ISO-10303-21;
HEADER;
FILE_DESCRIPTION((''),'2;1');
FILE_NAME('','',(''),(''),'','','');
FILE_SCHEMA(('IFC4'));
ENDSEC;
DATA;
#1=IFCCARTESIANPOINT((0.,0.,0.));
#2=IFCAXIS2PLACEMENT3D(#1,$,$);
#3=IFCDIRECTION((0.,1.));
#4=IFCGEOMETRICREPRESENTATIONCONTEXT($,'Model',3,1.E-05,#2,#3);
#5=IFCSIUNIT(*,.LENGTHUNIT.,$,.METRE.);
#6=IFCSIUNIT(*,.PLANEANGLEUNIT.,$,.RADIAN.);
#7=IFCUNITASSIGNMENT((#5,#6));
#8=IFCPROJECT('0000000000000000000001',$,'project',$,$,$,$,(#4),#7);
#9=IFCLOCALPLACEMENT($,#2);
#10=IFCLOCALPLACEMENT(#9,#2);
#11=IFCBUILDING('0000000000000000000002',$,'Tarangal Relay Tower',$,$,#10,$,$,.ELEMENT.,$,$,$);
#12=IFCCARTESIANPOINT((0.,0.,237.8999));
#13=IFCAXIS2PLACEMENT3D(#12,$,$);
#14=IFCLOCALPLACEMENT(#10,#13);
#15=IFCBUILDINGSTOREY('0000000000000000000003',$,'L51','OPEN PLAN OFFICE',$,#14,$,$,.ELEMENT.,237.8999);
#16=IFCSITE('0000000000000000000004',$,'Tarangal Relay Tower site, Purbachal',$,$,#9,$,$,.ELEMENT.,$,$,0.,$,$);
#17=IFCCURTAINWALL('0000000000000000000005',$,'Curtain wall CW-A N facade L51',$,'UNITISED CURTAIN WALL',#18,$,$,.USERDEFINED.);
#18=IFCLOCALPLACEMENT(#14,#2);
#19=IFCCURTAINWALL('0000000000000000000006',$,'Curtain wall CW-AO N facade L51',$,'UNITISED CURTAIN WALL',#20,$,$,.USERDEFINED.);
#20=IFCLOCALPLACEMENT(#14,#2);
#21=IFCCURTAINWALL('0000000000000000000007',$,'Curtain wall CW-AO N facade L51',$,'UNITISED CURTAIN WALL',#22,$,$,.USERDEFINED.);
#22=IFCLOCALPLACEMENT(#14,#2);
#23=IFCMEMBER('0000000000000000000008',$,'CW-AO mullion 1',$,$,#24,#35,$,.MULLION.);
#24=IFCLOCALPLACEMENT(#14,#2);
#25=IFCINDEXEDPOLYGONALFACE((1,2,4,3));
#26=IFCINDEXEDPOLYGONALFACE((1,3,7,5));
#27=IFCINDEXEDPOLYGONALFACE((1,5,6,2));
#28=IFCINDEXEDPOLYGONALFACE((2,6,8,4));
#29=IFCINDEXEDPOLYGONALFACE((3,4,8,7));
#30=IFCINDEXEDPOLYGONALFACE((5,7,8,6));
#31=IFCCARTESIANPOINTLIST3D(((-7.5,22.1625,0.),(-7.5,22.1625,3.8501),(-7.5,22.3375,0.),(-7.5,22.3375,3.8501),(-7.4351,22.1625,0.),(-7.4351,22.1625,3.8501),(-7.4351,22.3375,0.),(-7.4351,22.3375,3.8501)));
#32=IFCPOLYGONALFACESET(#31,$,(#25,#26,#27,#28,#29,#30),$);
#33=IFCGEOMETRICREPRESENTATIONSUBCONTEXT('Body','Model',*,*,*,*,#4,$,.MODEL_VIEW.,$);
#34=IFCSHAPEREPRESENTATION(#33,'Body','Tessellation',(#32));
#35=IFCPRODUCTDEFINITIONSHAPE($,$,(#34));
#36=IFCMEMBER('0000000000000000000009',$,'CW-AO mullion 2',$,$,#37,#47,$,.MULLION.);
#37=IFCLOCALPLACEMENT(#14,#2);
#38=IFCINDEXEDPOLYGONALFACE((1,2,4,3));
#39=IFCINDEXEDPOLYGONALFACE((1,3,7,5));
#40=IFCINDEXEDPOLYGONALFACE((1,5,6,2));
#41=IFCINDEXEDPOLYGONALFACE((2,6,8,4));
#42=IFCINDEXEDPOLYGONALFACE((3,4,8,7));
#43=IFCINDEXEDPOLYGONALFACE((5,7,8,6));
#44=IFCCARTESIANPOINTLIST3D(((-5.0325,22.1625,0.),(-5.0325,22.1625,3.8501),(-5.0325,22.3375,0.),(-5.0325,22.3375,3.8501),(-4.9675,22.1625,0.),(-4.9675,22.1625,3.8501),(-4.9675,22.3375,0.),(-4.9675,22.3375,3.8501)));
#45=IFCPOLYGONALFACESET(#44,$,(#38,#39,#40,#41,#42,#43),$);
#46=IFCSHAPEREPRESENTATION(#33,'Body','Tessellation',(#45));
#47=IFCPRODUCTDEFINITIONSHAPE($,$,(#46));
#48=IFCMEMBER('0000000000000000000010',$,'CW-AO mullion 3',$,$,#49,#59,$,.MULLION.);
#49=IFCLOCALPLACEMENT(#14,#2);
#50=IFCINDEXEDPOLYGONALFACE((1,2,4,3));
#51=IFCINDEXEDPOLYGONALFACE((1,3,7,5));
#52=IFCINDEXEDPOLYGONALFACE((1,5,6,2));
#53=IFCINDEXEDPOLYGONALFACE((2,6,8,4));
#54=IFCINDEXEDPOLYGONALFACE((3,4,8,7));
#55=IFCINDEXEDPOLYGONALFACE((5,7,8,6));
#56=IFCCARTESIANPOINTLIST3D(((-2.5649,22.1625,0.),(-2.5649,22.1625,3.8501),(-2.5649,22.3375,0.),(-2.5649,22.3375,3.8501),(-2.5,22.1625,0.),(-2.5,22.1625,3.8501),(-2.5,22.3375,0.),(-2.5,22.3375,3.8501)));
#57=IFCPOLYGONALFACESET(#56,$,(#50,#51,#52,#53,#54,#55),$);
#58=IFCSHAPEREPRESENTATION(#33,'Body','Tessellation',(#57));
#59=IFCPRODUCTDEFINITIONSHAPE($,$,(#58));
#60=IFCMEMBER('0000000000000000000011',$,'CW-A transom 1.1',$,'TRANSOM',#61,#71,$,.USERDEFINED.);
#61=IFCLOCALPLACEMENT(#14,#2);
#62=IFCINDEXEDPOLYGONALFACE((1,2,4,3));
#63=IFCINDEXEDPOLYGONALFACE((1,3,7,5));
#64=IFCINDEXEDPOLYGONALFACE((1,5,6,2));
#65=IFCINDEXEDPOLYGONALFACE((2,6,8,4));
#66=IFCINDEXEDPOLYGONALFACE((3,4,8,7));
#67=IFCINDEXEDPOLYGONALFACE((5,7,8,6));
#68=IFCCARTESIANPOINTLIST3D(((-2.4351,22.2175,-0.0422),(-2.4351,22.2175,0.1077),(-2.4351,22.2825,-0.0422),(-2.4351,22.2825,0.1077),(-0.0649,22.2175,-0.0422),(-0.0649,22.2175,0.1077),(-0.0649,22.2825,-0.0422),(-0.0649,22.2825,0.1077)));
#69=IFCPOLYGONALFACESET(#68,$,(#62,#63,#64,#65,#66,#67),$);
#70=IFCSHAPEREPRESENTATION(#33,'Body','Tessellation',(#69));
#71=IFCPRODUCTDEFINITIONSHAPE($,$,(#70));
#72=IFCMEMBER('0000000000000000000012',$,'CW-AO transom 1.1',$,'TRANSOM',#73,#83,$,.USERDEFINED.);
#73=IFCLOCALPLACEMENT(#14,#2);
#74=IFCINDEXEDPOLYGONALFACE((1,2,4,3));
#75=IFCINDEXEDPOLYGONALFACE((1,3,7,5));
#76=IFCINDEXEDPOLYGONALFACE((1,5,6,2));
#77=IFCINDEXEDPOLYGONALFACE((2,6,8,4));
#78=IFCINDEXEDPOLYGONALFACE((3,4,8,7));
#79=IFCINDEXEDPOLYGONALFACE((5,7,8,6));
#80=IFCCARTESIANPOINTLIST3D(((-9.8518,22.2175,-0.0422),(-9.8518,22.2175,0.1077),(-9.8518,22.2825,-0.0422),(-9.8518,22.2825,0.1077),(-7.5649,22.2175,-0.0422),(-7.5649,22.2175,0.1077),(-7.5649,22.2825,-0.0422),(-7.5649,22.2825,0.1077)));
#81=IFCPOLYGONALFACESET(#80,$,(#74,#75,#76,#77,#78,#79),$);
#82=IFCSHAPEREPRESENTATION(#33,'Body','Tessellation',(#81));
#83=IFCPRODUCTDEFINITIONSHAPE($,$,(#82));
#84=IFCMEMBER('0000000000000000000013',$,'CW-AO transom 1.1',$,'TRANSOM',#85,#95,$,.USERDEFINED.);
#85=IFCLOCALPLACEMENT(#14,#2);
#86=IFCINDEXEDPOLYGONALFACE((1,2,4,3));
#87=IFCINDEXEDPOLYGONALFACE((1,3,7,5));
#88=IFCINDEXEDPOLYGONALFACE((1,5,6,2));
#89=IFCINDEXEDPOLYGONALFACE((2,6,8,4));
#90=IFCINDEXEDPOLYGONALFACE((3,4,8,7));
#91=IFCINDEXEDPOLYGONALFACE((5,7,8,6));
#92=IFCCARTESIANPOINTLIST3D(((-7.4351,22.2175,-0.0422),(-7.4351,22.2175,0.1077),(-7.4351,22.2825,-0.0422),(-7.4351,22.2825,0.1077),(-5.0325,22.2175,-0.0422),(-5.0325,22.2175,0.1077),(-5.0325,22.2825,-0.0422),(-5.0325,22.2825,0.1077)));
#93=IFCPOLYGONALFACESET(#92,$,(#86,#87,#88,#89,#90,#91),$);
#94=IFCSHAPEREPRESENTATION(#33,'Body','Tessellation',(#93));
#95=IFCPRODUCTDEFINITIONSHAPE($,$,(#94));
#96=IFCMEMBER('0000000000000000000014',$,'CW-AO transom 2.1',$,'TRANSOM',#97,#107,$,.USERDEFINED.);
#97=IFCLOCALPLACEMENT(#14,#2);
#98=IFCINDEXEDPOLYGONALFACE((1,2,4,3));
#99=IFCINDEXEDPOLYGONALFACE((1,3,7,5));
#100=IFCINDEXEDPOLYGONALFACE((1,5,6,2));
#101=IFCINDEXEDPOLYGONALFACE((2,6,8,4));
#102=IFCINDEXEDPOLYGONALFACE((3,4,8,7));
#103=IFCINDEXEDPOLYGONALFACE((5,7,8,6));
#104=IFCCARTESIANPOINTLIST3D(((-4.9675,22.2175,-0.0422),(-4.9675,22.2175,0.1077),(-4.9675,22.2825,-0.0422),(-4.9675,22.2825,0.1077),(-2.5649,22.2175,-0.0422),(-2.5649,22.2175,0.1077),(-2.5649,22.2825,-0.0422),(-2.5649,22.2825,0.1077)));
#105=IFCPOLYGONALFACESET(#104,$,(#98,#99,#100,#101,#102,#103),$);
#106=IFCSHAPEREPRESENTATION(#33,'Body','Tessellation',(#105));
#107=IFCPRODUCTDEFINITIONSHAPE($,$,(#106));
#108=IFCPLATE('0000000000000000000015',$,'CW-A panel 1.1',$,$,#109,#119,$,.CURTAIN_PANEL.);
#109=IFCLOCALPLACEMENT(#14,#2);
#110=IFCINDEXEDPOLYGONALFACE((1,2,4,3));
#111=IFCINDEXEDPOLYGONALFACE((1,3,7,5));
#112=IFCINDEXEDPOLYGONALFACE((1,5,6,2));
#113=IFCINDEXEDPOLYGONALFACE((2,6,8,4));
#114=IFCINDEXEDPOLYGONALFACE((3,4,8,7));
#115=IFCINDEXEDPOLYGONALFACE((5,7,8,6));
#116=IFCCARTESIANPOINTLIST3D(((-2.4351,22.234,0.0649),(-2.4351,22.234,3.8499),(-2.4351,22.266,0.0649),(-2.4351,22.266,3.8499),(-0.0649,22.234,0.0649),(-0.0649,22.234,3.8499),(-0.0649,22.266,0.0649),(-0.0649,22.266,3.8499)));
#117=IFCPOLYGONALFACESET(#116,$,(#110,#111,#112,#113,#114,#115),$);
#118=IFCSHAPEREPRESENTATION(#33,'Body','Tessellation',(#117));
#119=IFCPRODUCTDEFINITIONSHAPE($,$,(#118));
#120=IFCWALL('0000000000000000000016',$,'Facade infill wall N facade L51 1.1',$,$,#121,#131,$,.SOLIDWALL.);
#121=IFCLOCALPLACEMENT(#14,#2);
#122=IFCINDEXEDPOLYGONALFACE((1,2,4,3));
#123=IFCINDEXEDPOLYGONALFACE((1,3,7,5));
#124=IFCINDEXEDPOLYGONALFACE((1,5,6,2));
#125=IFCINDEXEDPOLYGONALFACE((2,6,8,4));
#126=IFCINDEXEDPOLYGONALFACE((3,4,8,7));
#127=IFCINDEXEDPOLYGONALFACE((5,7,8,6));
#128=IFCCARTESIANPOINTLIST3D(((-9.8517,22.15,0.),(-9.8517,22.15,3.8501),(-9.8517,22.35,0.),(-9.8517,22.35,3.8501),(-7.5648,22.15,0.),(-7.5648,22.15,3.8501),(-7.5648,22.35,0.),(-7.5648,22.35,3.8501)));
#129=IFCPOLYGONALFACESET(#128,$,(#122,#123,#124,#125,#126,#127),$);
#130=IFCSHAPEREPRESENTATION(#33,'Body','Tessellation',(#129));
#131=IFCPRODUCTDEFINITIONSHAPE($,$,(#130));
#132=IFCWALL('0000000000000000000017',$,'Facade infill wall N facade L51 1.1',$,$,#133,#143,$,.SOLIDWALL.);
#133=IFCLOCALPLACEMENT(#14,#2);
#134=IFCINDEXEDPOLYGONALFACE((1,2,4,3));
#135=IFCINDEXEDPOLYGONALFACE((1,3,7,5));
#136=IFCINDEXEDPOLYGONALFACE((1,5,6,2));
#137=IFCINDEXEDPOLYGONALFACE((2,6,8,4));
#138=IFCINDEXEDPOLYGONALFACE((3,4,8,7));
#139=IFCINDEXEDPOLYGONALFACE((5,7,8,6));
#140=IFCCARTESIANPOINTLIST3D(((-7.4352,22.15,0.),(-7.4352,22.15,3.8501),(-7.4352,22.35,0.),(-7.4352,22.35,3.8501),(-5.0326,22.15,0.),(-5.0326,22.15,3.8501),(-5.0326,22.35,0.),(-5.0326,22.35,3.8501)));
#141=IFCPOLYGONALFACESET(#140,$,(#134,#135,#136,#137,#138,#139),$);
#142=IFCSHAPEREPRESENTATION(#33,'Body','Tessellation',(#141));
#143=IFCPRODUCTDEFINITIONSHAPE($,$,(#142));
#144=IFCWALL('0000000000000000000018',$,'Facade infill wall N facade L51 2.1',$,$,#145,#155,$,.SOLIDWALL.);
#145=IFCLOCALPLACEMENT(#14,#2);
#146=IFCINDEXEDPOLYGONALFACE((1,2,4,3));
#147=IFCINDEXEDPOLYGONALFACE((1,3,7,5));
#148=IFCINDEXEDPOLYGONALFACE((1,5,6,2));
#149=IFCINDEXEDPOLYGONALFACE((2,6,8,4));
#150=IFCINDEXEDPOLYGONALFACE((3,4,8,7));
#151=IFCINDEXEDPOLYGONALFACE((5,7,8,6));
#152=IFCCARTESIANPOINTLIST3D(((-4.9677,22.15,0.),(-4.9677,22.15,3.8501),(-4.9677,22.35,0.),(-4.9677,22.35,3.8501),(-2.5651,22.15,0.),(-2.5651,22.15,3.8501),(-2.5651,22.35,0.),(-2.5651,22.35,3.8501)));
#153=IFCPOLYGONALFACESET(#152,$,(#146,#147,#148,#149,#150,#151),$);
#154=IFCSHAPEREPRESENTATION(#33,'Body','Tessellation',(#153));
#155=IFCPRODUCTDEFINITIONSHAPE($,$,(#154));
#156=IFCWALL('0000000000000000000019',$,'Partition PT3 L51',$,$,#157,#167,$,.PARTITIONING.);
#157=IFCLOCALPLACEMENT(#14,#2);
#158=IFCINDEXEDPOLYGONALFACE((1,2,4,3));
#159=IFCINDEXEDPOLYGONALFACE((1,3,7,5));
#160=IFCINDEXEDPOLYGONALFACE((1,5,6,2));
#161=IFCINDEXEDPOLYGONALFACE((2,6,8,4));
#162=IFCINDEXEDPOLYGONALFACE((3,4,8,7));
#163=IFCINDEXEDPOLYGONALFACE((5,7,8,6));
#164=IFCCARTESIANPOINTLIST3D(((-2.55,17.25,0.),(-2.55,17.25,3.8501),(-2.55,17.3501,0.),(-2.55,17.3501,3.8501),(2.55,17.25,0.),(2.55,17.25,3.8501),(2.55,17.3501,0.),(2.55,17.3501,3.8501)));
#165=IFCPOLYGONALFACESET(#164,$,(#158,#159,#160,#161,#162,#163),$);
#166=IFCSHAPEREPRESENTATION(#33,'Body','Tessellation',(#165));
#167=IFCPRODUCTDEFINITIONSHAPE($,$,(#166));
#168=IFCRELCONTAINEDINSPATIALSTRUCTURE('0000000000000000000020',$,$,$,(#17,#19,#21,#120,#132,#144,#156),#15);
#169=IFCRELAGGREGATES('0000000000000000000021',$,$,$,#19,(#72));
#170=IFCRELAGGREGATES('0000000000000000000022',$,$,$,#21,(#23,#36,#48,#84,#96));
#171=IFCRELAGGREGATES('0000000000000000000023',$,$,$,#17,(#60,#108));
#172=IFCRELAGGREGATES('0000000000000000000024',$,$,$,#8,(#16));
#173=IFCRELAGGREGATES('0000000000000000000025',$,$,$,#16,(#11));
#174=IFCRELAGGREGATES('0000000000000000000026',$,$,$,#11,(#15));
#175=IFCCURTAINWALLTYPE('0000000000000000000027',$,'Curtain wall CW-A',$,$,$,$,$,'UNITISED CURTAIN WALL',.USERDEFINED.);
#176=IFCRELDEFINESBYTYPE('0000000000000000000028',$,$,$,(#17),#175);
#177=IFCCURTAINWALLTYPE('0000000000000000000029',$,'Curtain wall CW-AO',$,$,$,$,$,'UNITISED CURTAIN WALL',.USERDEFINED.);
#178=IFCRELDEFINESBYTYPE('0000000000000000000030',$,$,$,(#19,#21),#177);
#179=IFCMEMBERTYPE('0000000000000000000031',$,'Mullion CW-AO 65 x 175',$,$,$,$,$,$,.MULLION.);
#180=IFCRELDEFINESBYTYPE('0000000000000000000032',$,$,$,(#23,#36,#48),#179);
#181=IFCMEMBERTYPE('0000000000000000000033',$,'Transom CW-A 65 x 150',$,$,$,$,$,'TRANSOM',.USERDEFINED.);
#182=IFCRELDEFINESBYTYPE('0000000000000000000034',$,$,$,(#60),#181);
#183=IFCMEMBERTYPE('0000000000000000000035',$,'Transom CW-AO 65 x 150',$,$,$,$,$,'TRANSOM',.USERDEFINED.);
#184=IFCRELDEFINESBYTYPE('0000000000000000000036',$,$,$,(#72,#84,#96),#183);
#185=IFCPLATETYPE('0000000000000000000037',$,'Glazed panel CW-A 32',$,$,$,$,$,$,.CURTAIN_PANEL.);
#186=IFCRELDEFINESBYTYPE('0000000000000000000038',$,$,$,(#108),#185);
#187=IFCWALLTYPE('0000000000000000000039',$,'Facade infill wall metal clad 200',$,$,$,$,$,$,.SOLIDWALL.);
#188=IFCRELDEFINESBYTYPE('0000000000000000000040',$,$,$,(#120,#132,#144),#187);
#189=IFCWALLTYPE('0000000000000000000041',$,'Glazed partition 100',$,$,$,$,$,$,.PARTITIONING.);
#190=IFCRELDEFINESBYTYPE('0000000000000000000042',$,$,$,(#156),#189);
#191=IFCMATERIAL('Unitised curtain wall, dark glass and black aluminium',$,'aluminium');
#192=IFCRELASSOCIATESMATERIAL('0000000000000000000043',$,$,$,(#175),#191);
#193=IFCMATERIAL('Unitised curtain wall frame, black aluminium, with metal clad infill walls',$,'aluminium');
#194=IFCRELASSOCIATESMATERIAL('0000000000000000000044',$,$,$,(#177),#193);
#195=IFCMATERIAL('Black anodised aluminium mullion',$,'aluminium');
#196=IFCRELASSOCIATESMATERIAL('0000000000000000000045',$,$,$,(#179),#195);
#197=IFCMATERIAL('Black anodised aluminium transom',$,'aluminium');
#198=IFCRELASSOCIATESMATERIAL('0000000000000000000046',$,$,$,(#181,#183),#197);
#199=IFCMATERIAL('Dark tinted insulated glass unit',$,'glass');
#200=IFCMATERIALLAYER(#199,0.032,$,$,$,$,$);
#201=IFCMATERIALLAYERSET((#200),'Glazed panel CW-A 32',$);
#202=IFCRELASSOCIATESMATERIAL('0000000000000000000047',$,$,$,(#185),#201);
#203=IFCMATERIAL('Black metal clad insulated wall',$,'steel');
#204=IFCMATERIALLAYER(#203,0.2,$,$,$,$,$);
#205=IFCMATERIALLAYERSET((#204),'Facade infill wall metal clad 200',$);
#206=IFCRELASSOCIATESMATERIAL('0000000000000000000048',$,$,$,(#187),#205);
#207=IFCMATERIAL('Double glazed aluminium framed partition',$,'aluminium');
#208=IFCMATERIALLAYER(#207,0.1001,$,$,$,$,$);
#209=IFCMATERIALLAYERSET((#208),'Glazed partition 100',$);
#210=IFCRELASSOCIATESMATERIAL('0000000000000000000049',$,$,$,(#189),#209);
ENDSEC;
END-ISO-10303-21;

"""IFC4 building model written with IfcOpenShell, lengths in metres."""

from ifc_helpers import new_model, si_unit, direction, frame, frame_2d, origin, origin_2d, place, context, subcontext, project, spatial, rectangle, extrude, material, layer, layer_set, material_profile, profile_set, type_object, element, aggregate, save


model = new_model("IFC4")

# Units and contexts
model_context = context("Model", 3, precision=1e-05, world=origin(), true_north=direction((0.0, 1.0)))
body_context = subcontext(model_context, "Body", "Model", "MODEL_VIEW")
ifc_project = project(units=[si_unit("LENGTHUNIT", "METRE"), si_unit("PLANEANGLEUNIT", "RADIAN")], contexts=[model_context])

# Site, building, storey
site_placement = place(None, origin())
site = spatial("IfcSite", under=ifc_project, at=site_placement, Name="Tarangal Relay Tower site, Purbachal", CompositionType="ELEMENT", RefElevation=0.0)
building_placement = place(site_placement, origin())
building = spatial("IfcBuilding", under=site, at=building_placement, Name="Tarangal Relay Tower", CompositionType="ELEMENT")
storey_placement = place(building_placement, frame((0.0, 0.0, 237.8999)))
storey = spatial("IfcBuildingStorey", under=building, at=storey_placement, Name="L51", Description="OPEN PLAN OFFICE", CompositionType="ELEMENT", Elevation=237.8999)

# Shared definitions
ifc_material_1 = material(Name="Unitised curtain wall, dark glass and black aluminium", Category="aluminium")
curtain_wall_type_1 = type_object("IfcCurtainWallType", Name="Curtain wall CW-A", ElementType="UNITISED CURTAIN WALL", PredefinedType="USERDEFINED", material=ifc_material_1)
ifc_material_2 = material(Name="Black anodised aluminium mullion", Category="aluminium")

# Curtain walls, members
curtain_wall_1_placement = place(storey_placement, origin())
curtain_wall_1 = element("IfcCurtainWall", 1, at=curtain_wall_1_placement, inside=storey, type_object=curtain_wall_type_1, Name="Curtain wall CW-A N facade L51", ObjectType="UNITISED CURTAIN WALL", PredefinedType="USERDEFINED")
ifc_material_3 = material(Name="Unitised curtain wall frame, black aluminium, with metal clad infill walls", Category="aluminium")
curtain_wall_type_2 = type_object("IfcCurtainWallType", Name="Curtain wall CW-AO", ElementType="UNITISED CURTAIN WALL", PredefinedType="USERDEFINED", material=ifc_material_3)
curtain_wall_2_placement = place(storey_placement, origin())
curtain_wall_2 = element("IfcCurtainWall", 2, at=curtain_wall_2_placement, inside=storey, type_object=curtain_wall_type_2, Name="Curtain wall CW-AO N facade L51", ObjectType="UNITISED CURTAIN WALL", PredefinedType="USERDEFINED")
ifc_material_profile_1 = material_profile(ifc_material_2, rectangle(XDim=0.175, YDim=0.0649, at=origin_2d()), Name="CW-AOM 65X175")
ifc_profile_set_1 = profile_set([ifc_material_profile_1], Name="Black anodised aluminium mullion")
member_type_1 = type_object("IfcMemberType", Name="Mullion CW-AO 65 x 175", PredefinedType="MULLION", material=ifc_profile_set_1)
curtain_wall_3_placement = place(storey_placement, origin())
curtain_wall_3 = element("IfcCurtainWall", 3, at=curtain_wall_3_placement, inside=storey, type_object=curtain_wall_type_2, Name="Curtain wall CW-AO N facade L51", ObjectType="UNITISED CURTAIN WALL", PredefinedType="USERDEFINED")
member_1_placement = place(storey_placement, frame((-7.4675, 22.25, 0.0), z_axis=(0.0, 0.0, 1.0), x_axis=(0.0, 1.0, 0.0)))
member_1 = element("IfcMember", 4, at=member_1_placement, type_object=member_type_1, Name="CW-AO mullion 1", PredefinedType="MULLION", context=body_context, shape_type="SweptSolid", body=[
    extrude(rectangle(XDim=0.175, YDim=0.0649, at=origin_2d()), origin(), (0.0, 0.0, 1.0), 3.8501),
])
member_2_placement = place(storey_placement, frame((-5.0, 22.25, 0.0), z_axis=(0.0, 0.0, 1.0), x_axis=(0.0, 1.0, 0.0)))
member_2 = element("IfcMember", 5, at=member_2_placement, type_object=member_type_1, Name="CW-AO mullion 2", PredefinedType="MULLION", context=body_context, shape_type="SweptSolid", body=[
    extrude(rectangle(XDim=0.175, YDim=0.0649, at=origin_2d()), origin(), (0.0, 0.0, 1.0), 3.8501),
])
member_3_placement = place(storey_placement, frame((-2.5325, 22.25, 0.0), z_axis=(0.0, 0.0, 1.0), x_axis=(0.0, 1.0, 0.0)))
member_3 = element("IfcMember", 6, at=member_3_placement, type_object=member_type_1, Name="CW-AO mullion 3", PredefinedType="MULLION", context=body_context, shape_type="SweptSolid", body=[
    extrude(rectangle(XDim=0.175, YDim=0.0649, at=origin_2d()), origin(), (0.0, 0.0, 1.0), 3.8501),
])

# Members
ifc_material_4 = material(Name="Black anodised aluminium transom", Category="aluminium")
ifc_material_profile_2 = material_profile(ifc_material_4, rectangle(XDim=0.0649, YDim=0.1499, at=origin_2d()), Name="CW-AT 65X150")
ifc_profile_set_2 = profile_set([ifc_material_profile_2], Name="Black anodised aluminium transom")
member_type_2 = type_object("IfcMemberType", Name="Transom CW-A 65 x 150", ElementType="TRANSOM", PredefinedType="USERDEFINED", material=ifc_profile_set_2)
member_4_placement = place(storey_placement, frame((-2.4351, 22.25, 0.0327), z_axis=(1.0, 0.0, 0.0), x_axis=(0.0, 1.0, 0.0)))
member_4 = element("IfcMember", 7, at=member_4_placement, type_object=member_type_2, Name="CW-A transom 1.1", ObjectType="TRANSOM", PredefinedType="USERDEFINED", context=body_context, shape_type="SweptSolid", body=[
    extrude(rectangle(XDim=0.0649, YDim=0.1499, at=origin_2d()), origin(), (0.0, 0.0, 1.0), 2.3701),
])
ifc_material_profile_3 = material_profile(ifc_material_4, rectangle(XDim=0.0649, YDim=0.1499, at=origin_2d()), Name="CW-AOT 65X150")
ifc_profile_set_3 = profile_set([ifc_material_profile_3], Name="Black anodised aluminium transom")
member_type_3 = type_object("IfcMemberType", Name="Transom CW-AO 65 x 150", ElementType="TRANSOM", PredefinedType="USERDEFINED", material=ifc_profile_set_3)
member_5_placement = place(storey_placement, frame((-9.8518, 22.25, 0.0327), z_axis=(1.0, 0.0, 0.0), x_axis=(0.0, 1.0, 0.0)))
member_5 = element("IfcMember", 8, at=member_5_placement, type_object=member_type_3, Name="CW-AO transom 1.1", ObjectType="TRANSOM", PredefinedType="USERDEFINED", context=body_context, shape_type="SweptSolid", body=[
    extrude(rectangle(XDim=0.0649, YDim=0.1499, at=origin_2d()), origin(), (0.0, 0.0, 1.0), 2.2869),
])
aggregate(curtain_wall_2, [member_5])
member_6_placement = place(storey_placement, frame((-7.4351, 22.25, 0.0327), z_axis=(1.0, 0.0, 0.0), x_axis=(0.0, 1.0, 0.0)))
member_6 = element("IfcMember", 9, at=member_6_placement, type_object=member_type_3, Name="CW-AO transom 1.1", ObjectType="TRANSOM", PredefinedType="USERDEFINED", context=body_context, shape_type="SweptSolid", body=[
    extrude(rectangle(XDim=0.0649, YDim=0.1499, at=origin_2d()), origin(), (0.0, 0.0, 1.0), 2.4026),
])
member_7_placement = place(storey_placement, frame((-4.9675, 22.25, 0.0327), z_axis=(1.0, 0.0, 0.0), x_axis=(0.0, 1.0, 0.0)))
member_7 = element("IfcMember", 10, at=member_7_placement, type_object=member_type_3, Name="CW-AO transom 2.1", ObjectType="TRANSOM", PredefinedType="USERDEFINED", context=body_context, shape_type="SweptSolid", body=[
    extrude(rectangle(XDim=0.0649, YDim=0.1499, at=origin_2d()), origin(), (0.0, 0.0, 1.0), 2.4026),
])
aggregate(curtain_wall_3, [member_1, member_2, member_3, member_6, member_7])

# Plate
ifc_material_5 = material(Name="Dark tinted insulated glass unit", Category="glass")
ifc_layer_1 = layer(ifc_material_5, 0.032)
ifc_layer_set_1 = layer_set([ifc_layer_1], Name="Glazed panel CW-A 32")
plate_type = type_object("IfcPlateType", Name="Glazed panel CW-A 32", PredefinedType="CURTAIN_PANEL", material=ifc_layer_set_1)
plate_placement = place(storey_placement, frame((-1.25, 22.25, 0.0649), z_axis=(0.0, 0.0, 1.0), x_axis=(1.0, 0.0, 0.0)))
plate = element("IfcPlate", 11, at=plate_placement, type_object=plate_type, Name="CW-A panel 1.1", PredefinedType="CURTAIN_PANEL", context=body_context, shape_type="SweptSolid", body=[
    extrude(rectangle(XDim=2.3701, YDim=0.032, at=origin_2d()), origin(), (0.0, 0.0, 1.0), 3.7849),
])
aggregate(curtain_wall_1, [member_4, plate])

# Walls
ifc_material_6 = material(Name="Black metal clad insulated wall", Category="steel")
ifc_layer_2 = layer(ifc_material_6, 0.2)
ifc_layer_set_2 = layer_set([ifc_layer_2], Name="Facade infill wall metal clad 200")
wall_type_1 = type_object("IfcWallType", Name="Facade infill wall metal clad 200", PredefinedType="SOLIDWALL", material=ifc_layer_set_2)
wall_1_placement = place(storey_placement, frame((-9.8518, 22.25, 0.0), z_axis=(0.0, 0.0, 1.0), x_axis=(1.0, 0.0, 0.0)))
element("IfcWall", 12, at=wall_1_placement, inside=storey, type_object=wall_type_1, Name="Facade infill wall N facade L51 1.1", PredefinedType="SOLIDWALL", context=body_context, shape_type="SweptSolid", body=[
    extrude(rectangle(XDim=2.2869, YDim=0.2, at=frame_2d((1.1436, 0.0))), origin(), (0.0, 0.0, 1.0), 3.8501),
])
for number, where, z_axis, x_axis, name in (
    (13, (-7.4351, 22.25, 0.0), (0.0, 0.0, 1.0), (1.0, 0.0, 0.0), "Facade infill wall N facade L51 1.1"),
    (14, (-4.9675, 22.25, 0.0), (0.0, 0.0, 1.0), (1.0, 0.0, 0.0), "Facade infill wall N facade L51 2.1"),
):
    element("IfcWall", number, at=place(storey_placement, frame(where, z_axis=z_axis, x_axis=x_axis)), inside=storey, type_object=wall_type_1, Name=name, PredefinedType="SOLIDWALL", context=body_context, shape_type="SweptSolid", body=[
        extrude(rectangle(XDim=2.4026, YDim=0.2, at=frame_2d((1.2012, 0.0))), origin(), (0.0, 0.0, 1.0), 3.8501),
    ])
ifc_material_7 = material(Name="Double glazed aluminium framed partition", Category="aluminium")
ifc_layer_3 = layer(ifc_material_7, 0.1001)
ifc_layer_set_3 = layer_set([ifc_layer_3], Name="Glazed partition 100")
wall_type_2 = type_object("IfcWallType", Name="Glazed partition 100", PredefinedType="PARTITIONING", material=ifc_layer_set_3)
wall_2_placement = place(storey_placement, frame((-2.55, 17.3, 0.0), z_axis=(0.0, 0.0, 1.0), x_axis=(1.0, 0.0, 0.0)))
element("IfcWall", 15, at=wall_2_placement, inside=storey, type_object=wall_type_2, Name="Partition PT3 L51", PredefinedType="PARTITIONING", context=body_context, shape_type="SweptSolid", body=[
    extrude(rectangle(XDim=5.1001, YDim=0.1001, at=frame_2d((2.55, 0.0))), origin(), (0.0, 0.0, 1.0), 3.8501),
])

save(model, "model.ifc")
